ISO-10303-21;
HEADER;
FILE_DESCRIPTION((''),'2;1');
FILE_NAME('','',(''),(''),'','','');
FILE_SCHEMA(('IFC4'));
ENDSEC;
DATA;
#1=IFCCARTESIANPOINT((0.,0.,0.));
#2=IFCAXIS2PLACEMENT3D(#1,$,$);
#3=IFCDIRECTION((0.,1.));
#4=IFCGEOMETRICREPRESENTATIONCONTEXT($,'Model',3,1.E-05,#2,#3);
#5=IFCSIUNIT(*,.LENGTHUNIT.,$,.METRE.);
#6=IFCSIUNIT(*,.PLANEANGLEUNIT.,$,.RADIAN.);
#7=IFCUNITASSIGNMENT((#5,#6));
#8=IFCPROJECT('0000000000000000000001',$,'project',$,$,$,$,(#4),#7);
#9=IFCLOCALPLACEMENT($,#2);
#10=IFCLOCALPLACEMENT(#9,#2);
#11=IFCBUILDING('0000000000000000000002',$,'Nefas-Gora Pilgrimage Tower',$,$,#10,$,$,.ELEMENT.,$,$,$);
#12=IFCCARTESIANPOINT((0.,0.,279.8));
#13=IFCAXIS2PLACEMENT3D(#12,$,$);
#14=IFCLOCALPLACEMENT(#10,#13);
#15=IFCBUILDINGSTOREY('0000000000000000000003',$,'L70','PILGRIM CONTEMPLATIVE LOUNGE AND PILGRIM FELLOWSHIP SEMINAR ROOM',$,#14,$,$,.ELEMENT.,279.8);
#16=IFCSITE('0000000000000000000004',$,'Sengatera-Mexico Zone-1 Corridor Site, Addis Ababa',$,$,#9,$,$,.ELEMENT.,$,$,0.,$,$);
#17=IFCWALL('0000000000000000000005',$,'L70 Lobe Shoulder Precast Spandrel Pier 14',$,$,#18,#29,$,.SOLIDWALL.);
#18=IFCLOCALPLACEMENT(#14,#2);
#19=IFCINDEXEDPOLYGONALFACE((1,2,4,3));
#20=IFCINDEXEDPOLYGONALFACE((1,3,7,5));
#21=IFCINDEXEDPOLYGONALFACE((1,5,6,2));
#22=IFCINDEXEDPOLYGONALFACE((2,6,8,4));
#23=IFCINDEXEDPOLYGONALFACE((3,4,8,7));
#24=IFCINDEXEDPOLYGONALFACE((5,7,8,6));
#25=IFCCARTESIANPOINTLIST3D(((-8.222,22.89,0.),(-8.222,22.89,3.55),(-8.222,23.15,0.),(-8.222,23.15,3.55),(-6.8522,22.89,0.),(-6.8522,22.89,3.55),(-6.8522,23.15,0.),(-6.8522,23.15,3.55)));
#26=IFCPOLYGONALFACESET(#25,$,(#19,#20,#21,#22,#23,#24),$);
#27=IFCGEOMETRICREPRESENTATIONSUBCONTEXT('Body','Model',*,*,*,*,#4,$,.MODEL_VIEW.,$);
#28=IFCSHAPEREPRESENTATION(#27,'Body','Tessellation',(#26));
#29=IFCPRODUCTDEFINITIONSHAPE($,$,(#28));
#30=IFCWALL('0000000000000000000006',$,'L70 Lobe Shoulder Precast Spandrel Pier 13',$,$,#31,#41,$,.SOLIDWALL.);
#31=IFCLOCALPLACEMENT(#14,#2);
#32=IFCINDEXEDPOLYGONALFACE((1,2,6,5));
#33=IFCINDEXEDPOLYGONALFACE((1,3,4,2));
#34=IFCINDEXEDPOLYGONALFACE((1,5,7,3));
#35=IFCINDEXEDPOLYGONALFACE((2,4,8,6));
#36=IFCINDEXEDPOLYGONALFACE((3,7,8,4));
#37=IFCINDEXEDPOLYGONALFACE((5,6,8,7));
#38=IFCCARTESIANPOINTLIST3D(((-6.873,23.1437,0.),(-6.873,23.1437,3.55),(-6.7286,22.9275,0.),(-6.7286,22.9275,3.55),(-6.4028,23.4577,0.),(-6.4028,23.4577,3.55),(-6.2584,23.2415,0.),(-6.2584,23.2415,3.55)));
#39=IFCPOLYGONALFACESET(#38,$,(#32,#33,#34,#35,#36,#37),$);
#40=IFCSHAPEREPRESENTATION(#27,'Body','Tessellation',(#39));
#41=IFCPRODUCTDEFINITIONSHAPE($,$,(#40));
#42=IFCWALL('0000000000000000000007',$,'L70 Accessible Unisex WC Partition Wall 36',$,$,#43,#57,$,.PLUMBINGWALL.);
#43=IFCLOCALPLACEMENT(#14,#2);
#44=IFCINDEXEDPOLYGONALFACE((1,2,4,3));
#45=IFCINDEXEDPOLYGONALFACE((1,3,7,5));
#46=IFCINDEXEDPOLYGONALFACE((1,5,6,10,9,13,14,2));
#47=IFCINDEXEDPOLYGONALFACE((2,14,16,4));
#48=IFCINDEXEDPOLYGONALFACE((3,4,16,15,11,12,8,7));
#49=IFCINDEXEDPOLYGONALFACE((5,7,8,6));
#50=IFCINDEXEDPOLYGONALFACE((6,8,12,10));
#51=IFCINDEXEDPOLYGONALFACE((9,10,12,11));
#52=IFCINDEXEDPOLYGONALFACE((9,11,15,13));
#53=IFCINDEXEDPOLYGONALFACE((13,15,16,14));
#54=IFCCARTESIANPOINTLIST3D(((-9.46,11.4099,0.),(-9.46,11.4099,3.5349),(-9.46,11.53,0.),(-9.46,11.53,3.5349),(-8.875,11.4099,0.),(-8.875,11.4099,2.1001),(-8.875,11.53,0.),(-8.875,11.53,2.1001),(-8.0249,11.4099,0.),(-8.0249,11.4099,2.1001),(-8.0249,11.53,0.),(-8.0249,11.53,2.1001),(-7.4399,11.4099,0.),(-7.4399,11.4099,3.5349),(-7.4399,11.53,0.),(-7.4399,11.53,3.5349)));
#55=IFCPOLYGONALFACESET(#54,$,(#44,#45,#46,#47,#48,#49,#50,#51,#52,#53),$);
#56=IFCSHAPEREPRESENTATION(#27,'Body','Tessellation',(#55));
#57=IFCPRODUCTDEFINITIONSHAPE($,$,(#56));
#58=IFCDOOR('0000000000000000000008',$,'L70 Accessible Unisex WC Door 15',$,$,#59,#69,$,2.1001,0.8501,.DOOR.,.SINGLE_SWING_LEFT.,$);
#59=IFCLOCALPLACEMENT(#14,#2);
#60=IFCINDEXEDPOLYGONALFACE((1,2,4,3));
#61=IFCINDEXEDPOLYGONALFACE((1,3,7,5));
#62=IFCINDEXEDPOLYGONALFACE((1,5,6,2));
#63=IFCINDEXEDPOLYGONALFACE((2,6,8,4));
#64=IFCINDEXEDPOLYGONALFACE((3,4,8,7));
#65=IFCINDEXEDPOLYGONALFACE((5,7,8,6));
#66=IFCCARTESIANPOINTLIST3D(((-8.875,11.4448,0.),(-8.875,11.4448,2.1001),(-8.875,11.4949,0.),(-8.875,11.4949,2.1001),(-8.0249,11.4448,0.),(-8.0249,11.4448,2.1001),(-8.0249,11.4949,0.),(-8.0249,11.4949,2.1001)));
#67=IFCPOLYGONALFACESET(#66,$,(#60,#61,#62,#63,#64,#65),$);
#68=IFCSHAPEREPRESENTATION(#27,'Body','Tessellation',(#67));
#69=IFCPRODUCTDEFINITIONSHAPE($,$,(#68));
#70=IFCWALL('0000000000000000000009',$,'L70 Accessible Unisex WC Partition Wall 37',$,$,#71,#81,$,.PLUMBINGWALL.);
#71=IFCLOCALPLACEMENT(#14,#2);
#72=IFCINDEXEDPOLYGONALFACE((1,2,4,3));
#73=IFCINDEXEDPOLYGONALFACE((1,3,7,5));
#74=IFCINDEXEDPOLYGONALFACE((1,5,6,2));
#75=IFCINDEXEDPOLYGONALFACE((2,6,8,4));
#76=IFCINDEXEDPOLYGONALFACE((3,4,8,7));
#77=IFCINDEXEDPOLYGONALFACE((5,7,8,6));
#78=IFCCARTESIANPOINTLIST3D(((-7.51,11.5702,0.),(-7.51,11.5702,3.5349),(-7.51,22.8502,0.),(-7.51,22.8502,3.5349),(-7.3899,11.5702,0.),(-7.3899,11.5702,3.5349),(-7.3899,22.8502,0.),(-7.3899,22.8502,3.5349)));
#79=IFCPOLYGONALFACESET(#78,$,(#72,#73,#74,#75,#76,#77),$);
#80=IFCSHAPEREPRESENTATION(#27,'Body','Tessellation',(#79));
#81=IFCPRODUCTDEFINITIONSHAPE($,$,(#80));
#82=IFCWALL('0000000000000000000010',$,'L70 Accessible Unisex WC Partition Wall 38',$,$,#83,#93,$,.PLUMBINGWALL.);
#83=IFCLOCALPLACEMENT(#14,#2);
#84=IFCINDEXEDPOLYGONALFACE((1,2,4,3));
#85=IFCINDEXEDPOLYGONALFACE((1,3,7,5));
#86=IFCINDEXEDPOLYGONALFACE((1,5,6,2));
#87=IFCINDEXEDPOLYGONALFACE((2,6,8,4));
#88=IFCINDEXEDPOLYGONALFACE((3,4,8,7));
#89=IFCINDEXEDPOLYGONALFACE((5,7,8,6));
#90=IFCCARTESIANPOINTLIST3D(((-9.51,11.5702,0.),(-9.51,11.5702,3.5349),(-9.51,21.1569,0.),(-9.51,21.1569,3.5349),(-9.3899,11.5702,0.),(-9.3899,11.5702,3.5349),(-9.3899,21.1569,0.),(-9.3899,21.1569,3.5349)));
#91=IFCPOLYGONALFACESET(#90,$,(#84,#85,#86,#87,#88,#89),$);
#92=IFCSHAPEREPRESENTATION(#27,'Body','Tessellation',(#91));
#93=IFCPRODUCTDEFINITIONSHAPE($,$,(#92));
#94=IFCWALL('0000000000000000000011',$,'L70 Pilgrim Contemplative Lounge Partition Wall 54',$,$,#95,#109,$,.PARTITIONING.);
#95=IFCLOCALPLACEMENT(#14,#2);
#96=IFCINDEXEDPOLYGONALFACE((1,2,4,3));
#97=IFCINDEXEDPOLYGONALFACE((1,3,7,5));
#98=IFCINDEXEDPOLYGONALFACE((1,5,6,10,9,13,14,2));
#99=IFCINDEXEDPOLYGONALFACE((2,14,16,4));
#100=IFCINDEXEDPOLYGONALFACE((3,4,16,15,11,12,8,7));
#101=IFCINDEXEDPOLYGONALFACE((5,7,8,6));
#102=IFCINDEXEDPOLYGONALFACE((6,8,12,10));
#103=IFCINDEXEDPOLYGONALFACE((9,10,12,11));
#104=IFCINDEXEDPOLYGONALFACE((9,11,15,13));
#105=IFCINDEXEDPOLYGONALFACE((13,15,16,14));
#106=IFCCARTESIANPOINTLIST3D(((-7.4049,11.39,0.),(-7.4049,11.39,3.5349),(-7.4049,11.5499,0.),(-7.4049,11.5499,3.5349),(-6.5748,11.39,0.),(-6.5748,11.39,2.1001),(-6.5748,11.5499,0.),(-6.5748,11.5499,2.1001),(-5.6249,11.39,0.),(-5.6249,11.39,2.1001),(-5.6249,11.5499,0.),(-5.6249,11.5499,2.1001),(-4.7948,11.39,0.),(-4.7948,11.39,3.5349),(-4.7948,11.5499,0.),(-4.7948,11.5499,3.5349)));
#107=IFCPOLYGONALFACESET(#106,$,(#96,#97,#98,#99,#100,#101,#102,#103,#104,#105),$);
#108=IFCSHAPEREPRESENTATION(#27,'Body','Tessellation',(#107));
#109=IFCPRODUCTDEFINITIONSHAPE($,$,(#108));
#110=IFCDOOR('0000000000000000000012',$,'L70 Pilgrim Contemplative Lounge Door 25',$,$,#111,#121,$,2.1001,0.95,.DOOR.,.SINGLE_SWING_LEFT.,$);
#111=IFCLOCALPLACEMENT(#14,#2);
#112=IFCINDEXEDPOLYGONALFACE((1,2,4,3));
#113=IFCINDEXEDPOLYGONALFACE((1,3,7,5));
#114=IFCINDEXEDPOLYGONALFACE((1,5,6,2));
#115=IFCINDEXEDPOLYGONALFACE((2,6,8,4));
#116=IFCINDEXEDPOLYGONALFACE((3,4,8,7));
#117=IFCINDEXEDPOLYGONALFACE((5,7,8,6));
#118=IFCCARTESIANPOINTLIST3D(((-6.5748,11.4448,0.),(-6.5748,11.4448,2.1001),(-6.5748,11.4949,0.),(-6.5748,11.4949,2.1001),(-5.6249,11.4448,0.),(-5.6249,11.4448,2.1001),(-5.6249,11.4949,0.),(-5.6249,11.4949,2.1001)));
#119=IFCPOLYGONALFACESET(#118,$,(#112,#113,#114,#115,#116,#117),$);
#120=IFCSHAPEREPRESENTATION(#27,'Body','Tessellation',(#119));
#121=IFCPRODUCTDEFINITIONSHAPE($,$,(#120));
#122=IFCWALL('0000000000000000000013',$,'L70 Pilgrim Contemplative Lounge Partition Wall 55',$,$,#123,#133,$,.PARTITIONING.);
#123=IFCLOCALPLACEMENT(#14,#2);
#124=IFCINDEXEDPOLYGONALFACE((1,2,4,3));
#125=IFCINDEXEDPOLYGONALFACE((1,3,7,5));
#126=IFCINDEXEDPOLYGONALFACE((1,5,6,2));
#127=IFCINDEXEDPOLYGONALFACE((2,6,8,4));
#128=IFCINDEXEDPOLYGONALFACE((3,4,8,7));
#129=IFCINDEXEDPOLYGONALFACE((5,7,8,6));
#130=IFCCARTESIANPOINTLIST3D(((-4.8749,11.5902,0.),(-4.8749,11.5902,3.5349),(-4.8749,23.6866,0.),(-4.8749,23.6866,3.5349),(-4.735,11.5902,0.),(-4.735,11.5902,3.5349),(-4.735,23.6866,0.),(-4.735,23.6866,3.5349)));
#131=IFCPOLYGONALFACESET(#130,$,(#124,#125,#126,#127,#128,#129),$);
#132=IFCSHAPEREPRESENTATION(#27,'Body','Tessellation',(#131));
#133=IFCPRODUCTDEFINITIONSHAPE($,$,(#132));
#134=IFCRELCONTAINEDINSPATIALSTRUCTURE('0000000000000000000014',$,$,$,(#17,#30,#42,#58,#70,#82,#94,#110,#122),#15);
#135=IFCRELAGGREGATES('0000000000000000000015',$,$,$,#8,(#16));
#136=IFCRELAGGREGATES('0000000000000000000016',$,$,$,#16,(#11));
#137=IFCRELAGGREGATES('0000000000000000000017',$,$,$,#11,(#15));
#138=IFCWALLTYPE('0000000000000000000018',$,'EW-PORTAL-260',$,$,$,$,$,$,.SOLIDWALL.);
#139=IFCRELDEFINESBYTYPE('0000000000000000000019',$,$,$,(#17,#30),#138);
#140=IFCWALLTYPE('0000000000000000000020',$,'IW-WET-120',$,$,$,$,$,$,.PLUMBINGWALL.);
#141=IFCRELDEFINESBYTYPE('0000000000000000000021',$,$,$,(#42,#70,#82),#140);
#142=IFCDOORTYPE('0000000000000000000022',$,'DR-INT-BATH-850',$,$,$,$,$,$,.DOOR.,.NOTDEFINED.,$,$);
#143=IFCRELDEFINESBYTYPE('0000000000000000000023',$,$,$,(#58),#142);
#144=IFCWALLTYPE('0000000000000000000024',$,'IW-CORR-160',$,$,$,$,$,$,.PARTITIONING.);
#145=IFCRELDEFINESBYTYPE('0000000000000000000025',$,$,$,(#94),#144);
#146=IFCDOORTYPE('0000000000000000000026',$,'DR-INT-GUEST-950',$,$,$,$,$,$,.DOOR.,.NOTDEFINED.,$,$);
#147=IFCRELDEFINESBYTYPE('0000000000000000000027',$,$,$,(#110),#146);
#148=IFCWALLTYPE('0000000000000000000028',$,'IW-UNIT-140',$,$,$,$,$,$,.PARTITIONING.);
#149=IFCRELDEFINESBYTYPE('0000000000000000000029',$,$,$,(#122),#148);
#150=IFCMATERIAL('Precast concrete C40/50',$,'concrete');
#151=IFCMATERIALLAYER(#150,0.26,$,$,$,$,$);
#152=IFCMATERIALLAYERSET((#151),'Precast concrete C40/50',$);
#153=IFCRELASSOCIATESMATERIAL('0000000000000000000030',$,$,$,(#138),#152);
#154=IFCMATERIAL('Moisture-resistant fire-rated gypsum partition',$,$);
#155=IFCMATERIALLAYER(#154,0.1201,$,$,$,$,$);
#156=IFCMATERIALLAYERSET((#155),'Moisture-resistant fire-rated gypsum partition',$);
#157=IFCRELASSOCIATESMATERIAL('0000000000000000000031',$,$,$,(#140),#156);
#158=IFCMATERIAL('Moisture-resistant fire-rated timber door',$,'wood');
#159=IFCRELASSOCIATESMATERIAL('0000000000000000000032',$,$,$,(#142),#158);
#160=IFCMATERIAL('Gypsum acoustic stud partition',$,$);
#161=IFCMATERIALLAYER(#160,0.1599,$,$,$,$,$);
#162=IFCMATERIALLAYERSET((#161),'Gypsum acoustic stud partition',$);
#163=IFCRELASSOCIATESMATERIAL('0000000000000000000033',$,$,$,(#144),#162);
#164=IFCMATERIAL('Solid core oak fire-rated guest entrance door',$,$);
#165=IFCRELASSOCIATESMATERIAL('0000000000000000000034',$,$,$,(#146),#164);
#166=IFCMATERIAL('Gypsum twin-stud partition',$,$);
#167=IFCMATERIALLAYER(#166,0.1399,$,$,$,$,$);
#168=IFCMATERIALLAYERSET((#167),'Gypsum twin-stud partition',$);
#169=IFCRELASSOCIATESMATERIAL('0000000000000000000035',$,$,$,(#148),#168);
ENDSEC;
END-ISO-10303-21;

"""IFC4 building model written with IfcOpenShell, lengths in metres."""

from ifc_helpers import new_model, si_unit, direction, frame, frame_2d, origin, place, context, subcontext, project, spatial, rectangle, extrude, source, transform, mapped, material, layer, layer_set, type_object, element, fill, save


model = new_model("IFC4")

# Units and contexts
model_context = context("Model", 3, precision=1e-05, world=origin(), true_north=direction((0.0, 1.0)))
body_context = subcontext(model_context, "Body", "Model", "MODEL_VIEW")
ifc_project = project(units=[si_unit("LENGTHUNIT", "METRE"), si_unit("PLANEANGLEUNIT", "RADIAN")], contexts=[model_context])

# Site, building, storey
site_placement = place(None, origin())
site = spatial("IfcSite", under=ifc_project, at=site_placement, Name="Sengatera-Mexico Zone-1 Corridor Site, Addis Ababa", CompositionType="ELEMENT", RefElevation=0.0)
building_placement = place(site_placement, origin())
building = spatial("IfcBuilding", under=site, at=building_placement, Name="Nefas-Gora Pilgrimage Tower", CompositionType="ELEMENT")
storey_placement = place(building_placement, frame((0.0, 0.0, 279.8)))
storey = spatial("IfcBuildingStorey", under=building, at=storey_placement, Name="L70", Description="PILGRIM CONTEMPLATIVE LOUNGE AND PILGRIM FELLOWSHIP SEMINAR ROOM", CompositionType="ELEMENT", Elevation=279.8)

# Walls
ifc_material_1 = material(Name="Precast concrete C40/50", Category="concrete")
ifc_layer_1 = layer(ifc_material_1, 0.26)
ifc_layer_set_1 = layer_set([ifc_layer_1], Name="Precast concrete C40/50")
wall_type_1 = type_object("IfcWallType", Name="EW-PORTAL-260", PredefinedType="SOLIDWALL", material=ifc_layer_set_1)
shared_shape_1 = source(origin(), body_context, "Body", "SweptSolid", [
    extrude(rectangle(XDim=1.3699, YDim=0.26, at=frame_2d((0.6851, 0.0))), origin(), (0.0, 0.0, 1.0), 3.55),
])
wall_1_placement = place(storey_placement, frame((-6.8521, 23.02, 0.0), z_axis=(0.0, 0.0, 1.0), x_axis=(-1.0, 0.0, 0.0)))
element("IfcWall", 1, at=wall_1_placement, inside=storey, type_object=wall_type_1, Name="L70 Lobe Shoulder Precast Spandrel Pier 14", PredefinedType="SOLIDWALL", context=body_context, shape_type="MappedRepresentation", body=[
    mapped(shared_shape_1, transform((0.0, 0.0, 0.0), x_axis=(1.0, 0.0, 0.0), y_axis=(0.0, 1.0, 0.0), z_axis=(0.0, 0.0, 1.0), scale=1.0)),
])
shared_shape_2 = source(origin(), body_context, "Body", "SweptSolid", [
    extrude(rectangle(XDim=0.5654, YDim=0.26, at=frame_2d((0.2827, 0.0))), origin(), (0.0, 0.0, 1.0), 3.55),
])
wall_2_placement = place(storey_placement, frame((-6.3306, 23.3496, 0.0), z_axis=(0.0, 0.0, 1.0), x_axis=(-0.831651, -0.555298, 0.0)))
element("IfcWall", 2, at=wall_2_placement, inside=storey, type_object=wall_type_1, Name="L70 Lobe Shoulder Precast Spandrel Pier 13", PredefinedType="SOLIDWALL", context=body_context, shape_type="MappedRepresentation", body=[
    mapped(shared_shape_2, transform((0.0, 0.0, 0.0), x_axis=(1.0, 0.0, 0.0), y_axis=(0.0, 1.0, 0.0), z_axis=(0.0, 0.0, 1.0), scale=1.0)),
])

# Wall, opening, door
ifc_material_2 = material(Name="Moisture-resistant fire-rated gypsum partition")
ifc_layer_2 = layer(ifc_material_2, 0.1201)
ifc_layer_set_2 = layer_set([ifc_layer_2], Name="Moisture-resistant fire-rated gypsum partition")
wall_type_2 = type_object("IfcWallType", Name="IW-WET-120", PredefinedType="PLUMBINGWALL", material=ifc_layer_set_2)
shared_shape_3 = source(origin(), body_context, "Body", "SweptSolid", [
    extrude(rectangle(XDim=2.02, YDim=0.1201, at=frame_2d((1.01, 0.0))), origin(), (0.0, 0.0, 1.0), 3.5349),
])
wall_3_placement = place(storey_placement, frame((-9.46, 11.47, 0.0), z_axis=(0.0, 0.0, 1.0), x_axis=(1.0, 0.0, 0.0)))
wall_3 = element("IfcWall", 3, at=wall_3_placement, inside=storey, type_object=wall_type_2, Name="L70 Accessible Unisex WC Partition Wall 36", PredefinedType="PLUMBINGWALL", context=body_context, shape_type="MappedRepresentation", body=[
    mapped(shared_shape_3, transform((0.0, 0.0, 0.0), x_axis=(1.0, 0.0, 0.0), y_axis=(0.0, 1.0, 0.0), z_axis=(0.0, 0.0, 1.0), scale=1.0)),
])
opening_1_placement = place(wall_3_placement, frame((0.585, 0.0, 0.0)))
opening_1 = element("IfcOpeningElement", 4, at=opening_1_placement, cuts=wall_3, PredefinedType="OPENING", context=body_context, shape_type="SweptSolid", body=[
    extrude(rectangle(XDim=0.8501, YDim=2.1001, at=frame_2d((0.425, 1.05))), frame((0.0, 0.0701, 0.0), z_axis=(0.0, -1.0, 0.0), x_axis=(1.0, 0.0, 0.0)), (0.0, 0.0, 1.0), 0.1401),
])
ifc_material_3 = material(Name="Moisture-resistant fire-rated timber door", Category="wood")
door_type_1 = type_object("IfcDoorType", Name="DR-INT-BATH-850", OperationType="NOTDEFINED", PredefinedType="DOOR", material=ifc_material_3)
shared_shape_4 = source(origin(), body_context, "Body", "SweptSolid", [
    extrude(rectangle(XDim=0.8501, YDim=2.1001, at=frame_2d((0.425, 1.05))), frame((0.0, 0.0249, 0.0), z_axis=(0.0, -1.0, 0.0), x_axis=(1.0, 0.0, 0.0)), (0.0, 0.0, 1.0), 0.05),
])
door_1_placement = place(opening_1_placement, origin())
door_1 = element("IfcDoor", 5, at=door_1_placement, inside=storey, type_object=door_type_1, Name="L70 Accessible Unisex WC Door 15", OperationType="SINGLE_SWING_LEFT", OverallHeight=2.1001, OverallWidth=0.8501, PredefinedType="DOOR", context=body_context, shape_type="MappedRepresentation", body=[
    mapped(shared_shape_4, transform((0.0, 0.0, 0.0), x_axis=(1.0, 0.0, 0.0), y_axis=(0.0, 1.0, 0.0), z_axis=(0.0, 0.0, 1.0), scale=1.0)),
])
fill(opening_1, door_1)

# Walls
shared_shape_5 = source(origin(), body_context, "Body", "SweptSolid", [
    extrude(rectangle(XDim=11.28, YDim=0.1201, at=frame_2d((5.6401, 0.0))), origin(), (0.0, 0.0, 1.0), 3.5349),
])
wall_4_placement = place(storey_placement, frame((-7.45, 11.5701, 0.0), z_axis=(0.0, 0.0, 1.0), x_axis=(0.0, 1.0, 0.0)))
element("IfcWall", 6, at=wall_4_placement, inside=storey, type_object=wall_type_2, Name="L70 Accessible Unisex WC Partition Wall 37", PredefinedType="PLUMBINGWALL", context=body_context, shape_type="MappedRepresentation", body=[
    mapped(shared_shape_5, transform((0.0, 0.0, 0.0), x_axis=(1.0, 0.0, 0.0), y_axis=(0.0, 1.0, 0.0), z_axis=(0.0, 0.0, 1.0), scale=1.0)),
])
shared_shape_6 = source(origin(), body_context, "Body", "SweptSolid", [
    extrude(rectangle(XDim=9.5867, YDim=0.1201, at=frame_2d((4.7935, 0.0))), origin(), (0.0, 0.0, 1.0), 3.5349),
])
wall_5_placement = place(storey_placement, frame((-9.45, 11.5701, 0.0), z_axis=(0.0, 0.0, 1.0), x_axis=(0.0, 1.0, 0.0)))
element("IfcWall", 7, at=wall_5_placement, inside=storey, type_object=wall_type_2, Name="L70 Accessible Unisex WC Partition Wall 38", PredefinedType="PLUMBINGWALL", context=body_context, shape_type="MappedRepresentation", body=[
    mapped(shared_shape_6, transform((0.0, 0.0, 0.0), x_axis=(1.0, 0.0, 0.0), y_axis=(0.0, 1.0, 0.0), z_axis=(0.0, 0.0, 1.0), scale=1.0)),
])

# Wall, opening, door
ifc_material_4 = material(Name="Gypsum acoustic stud partition")
ifc_layer_3 = layer(ifc_material_4, 0.1599)
ifc_layer_set_3 = layer_set([ifc_layer_3], Name="Gypsum acoustic stud partition")
wall_type_3 = type_object("IfcWallType", Name="IW-CORR-160", PredefinedType="PARTITIONING", material=ifc_layer_set_3)
shared_shape_7 = source(origin(), body_context, "Body", "SweptSolid", [
    extrude(rectangle(XDim=2.6101, YDim=0.1599, at=frame_2d((1.3052, 0.0))), origin(), (0.0, 0.0, 1.0), 3.5349),
])
wall_6_placement = place(storey_placement, frame((-7.405, 11.47, 0.0), z_axis=(0.0, 0.0, 1.0), x_axis=(1.0, 0.0, 0.0)))
wall_6 = element("IfcWall", 8, at=wall_6_placement, inside=storey, type_object=wall_type_3, Name="L70 Pilgrim Contemplative Lounge Partition Wall 54", PredefinedType="PARTITIONING", context=body_context, shape_type="MappedRepresentation", body=[
    mapped(shared_shape_7, transform((0.0, 0.0, 0.0), x_axis=(1.0, 0.0, 0.0), y_axis=(0.0, 1.0, 0.0), z_axis=(0.0, 0.0, 1.0), scale=1.0)),
])
opening_2_placement = place(wall_6_placement, frame((0.8301, 0.0, 0.0)))
opening_2 = element("IfcOpeningElement", 9, at=opening_2_placement, cuts=wall_6, PredefinedType="OPENING", context=body_context, shape_type="SweptSolid", body=[
    extrude(rectangle(XDim=0.95, YDim=2.1001, at=frame_2d((0.4751, 1.05))), frame((0.0, 0.0898, 0.0), z_axis=(0.0, -1.0, 0.0), x_axis=(1.0, 0.0, 0.0)), (0.0, 0.0, 1.0), 0.1799),
])
ifc_material_5 = material(Name="Solid core oak fire-rated guest entrance door")
door_type_2 = type_object("IfcDoorType", Name="DR-INT-GUEST-950", OperationType="NOTDEFINED", PredefinedType="DOOR", material=ifc_material_5)
shared_shape_8 = source(origin(), body_context, "Body", "SweptSolid", [
    extrude(rectangle(XDim=0.95, YDim=2.1001, at=frame_2d((0.4751, 1.05))), frame((0.0, 0.0249, 0.0), z_axis=(0.0, -1.0, 0.0), x_axis=(1.0, 0.0, 0.0)), (0.0, 0.0, 1.0), 0.05),
])
door_2_placement = place(opening_2_placement, origin())
door_2 = element("IfcDoor", 10, at=door_2_placement, inside=storey, type_object=door_type_2, Name="L70 Pilgrim Contemplative Lounge Door 25", OperationType="SINGLE_SWING_LEFT", OverallHeight=2.1001, OverallWidth=0.95, PredefinedType="DOOR", context=body_context, shape_type="MappedRepresentation", body=[
    mapped(shared_shape_8, transform((0.0, 0.0, 0.0), x_axis=(1.0, 0.0, 0.0), y_axis=(0.0, 1.0, 0.0), z_axis=(0.0, 0.0, 1.0), scale=1.0)),
])
fill(opening_2, door_2)

# Wall
ifc_material_6 = material(Name="Gypsum twin-stud partition")
ifc_layer_4 = layer(ifc_material_6, 0.1399)
ifc_layer_set_4 = layer_set([ifc_layer_4], Name="Gypsum twin-stud partition")
wall_type_4 = type_object("IfcWallType", Name="IW-UNIT-140", PredefinedType="PARTITIONING", material=ifc_layer_set_4)
shared_shape_9 = source(origin(), body_context, "Body", "SweptSolid", [
    extrude(rectangle(XDim=12.0964, YDim=0.1399, at=frame_2d((6.0483, 0.0))), origin(), (0.0, 0.0, 1.0), 3.5349),
])
wall_7_placement = place(storey_placement, frame((-4.8049, 11.5901, 0.0), z_axis=(0.0, 0.0, 1.0), x_axis=(0.0, 1.0, 0.0)))
element("IfcWall", 11, at=wall_7_placement, inside=storey, type_object=wall_type_4, Name="L70 Pilgrim Contemplative Lounge Partition Wall 55", PredefinedType="PARTITIONING", context=body_context, shape_type="MappedRepresentation", body=[
    mapped(shared_shape_9, transform((0.0, 0.0, 0.0), x_axis=(1.0, 0.0, 0.0), y_axis=(0.0, 1.0, 0.0), z_axis=(0.0, 0.0, 1.0), scale=1.0)),
])

save(model, "model.ifc")
